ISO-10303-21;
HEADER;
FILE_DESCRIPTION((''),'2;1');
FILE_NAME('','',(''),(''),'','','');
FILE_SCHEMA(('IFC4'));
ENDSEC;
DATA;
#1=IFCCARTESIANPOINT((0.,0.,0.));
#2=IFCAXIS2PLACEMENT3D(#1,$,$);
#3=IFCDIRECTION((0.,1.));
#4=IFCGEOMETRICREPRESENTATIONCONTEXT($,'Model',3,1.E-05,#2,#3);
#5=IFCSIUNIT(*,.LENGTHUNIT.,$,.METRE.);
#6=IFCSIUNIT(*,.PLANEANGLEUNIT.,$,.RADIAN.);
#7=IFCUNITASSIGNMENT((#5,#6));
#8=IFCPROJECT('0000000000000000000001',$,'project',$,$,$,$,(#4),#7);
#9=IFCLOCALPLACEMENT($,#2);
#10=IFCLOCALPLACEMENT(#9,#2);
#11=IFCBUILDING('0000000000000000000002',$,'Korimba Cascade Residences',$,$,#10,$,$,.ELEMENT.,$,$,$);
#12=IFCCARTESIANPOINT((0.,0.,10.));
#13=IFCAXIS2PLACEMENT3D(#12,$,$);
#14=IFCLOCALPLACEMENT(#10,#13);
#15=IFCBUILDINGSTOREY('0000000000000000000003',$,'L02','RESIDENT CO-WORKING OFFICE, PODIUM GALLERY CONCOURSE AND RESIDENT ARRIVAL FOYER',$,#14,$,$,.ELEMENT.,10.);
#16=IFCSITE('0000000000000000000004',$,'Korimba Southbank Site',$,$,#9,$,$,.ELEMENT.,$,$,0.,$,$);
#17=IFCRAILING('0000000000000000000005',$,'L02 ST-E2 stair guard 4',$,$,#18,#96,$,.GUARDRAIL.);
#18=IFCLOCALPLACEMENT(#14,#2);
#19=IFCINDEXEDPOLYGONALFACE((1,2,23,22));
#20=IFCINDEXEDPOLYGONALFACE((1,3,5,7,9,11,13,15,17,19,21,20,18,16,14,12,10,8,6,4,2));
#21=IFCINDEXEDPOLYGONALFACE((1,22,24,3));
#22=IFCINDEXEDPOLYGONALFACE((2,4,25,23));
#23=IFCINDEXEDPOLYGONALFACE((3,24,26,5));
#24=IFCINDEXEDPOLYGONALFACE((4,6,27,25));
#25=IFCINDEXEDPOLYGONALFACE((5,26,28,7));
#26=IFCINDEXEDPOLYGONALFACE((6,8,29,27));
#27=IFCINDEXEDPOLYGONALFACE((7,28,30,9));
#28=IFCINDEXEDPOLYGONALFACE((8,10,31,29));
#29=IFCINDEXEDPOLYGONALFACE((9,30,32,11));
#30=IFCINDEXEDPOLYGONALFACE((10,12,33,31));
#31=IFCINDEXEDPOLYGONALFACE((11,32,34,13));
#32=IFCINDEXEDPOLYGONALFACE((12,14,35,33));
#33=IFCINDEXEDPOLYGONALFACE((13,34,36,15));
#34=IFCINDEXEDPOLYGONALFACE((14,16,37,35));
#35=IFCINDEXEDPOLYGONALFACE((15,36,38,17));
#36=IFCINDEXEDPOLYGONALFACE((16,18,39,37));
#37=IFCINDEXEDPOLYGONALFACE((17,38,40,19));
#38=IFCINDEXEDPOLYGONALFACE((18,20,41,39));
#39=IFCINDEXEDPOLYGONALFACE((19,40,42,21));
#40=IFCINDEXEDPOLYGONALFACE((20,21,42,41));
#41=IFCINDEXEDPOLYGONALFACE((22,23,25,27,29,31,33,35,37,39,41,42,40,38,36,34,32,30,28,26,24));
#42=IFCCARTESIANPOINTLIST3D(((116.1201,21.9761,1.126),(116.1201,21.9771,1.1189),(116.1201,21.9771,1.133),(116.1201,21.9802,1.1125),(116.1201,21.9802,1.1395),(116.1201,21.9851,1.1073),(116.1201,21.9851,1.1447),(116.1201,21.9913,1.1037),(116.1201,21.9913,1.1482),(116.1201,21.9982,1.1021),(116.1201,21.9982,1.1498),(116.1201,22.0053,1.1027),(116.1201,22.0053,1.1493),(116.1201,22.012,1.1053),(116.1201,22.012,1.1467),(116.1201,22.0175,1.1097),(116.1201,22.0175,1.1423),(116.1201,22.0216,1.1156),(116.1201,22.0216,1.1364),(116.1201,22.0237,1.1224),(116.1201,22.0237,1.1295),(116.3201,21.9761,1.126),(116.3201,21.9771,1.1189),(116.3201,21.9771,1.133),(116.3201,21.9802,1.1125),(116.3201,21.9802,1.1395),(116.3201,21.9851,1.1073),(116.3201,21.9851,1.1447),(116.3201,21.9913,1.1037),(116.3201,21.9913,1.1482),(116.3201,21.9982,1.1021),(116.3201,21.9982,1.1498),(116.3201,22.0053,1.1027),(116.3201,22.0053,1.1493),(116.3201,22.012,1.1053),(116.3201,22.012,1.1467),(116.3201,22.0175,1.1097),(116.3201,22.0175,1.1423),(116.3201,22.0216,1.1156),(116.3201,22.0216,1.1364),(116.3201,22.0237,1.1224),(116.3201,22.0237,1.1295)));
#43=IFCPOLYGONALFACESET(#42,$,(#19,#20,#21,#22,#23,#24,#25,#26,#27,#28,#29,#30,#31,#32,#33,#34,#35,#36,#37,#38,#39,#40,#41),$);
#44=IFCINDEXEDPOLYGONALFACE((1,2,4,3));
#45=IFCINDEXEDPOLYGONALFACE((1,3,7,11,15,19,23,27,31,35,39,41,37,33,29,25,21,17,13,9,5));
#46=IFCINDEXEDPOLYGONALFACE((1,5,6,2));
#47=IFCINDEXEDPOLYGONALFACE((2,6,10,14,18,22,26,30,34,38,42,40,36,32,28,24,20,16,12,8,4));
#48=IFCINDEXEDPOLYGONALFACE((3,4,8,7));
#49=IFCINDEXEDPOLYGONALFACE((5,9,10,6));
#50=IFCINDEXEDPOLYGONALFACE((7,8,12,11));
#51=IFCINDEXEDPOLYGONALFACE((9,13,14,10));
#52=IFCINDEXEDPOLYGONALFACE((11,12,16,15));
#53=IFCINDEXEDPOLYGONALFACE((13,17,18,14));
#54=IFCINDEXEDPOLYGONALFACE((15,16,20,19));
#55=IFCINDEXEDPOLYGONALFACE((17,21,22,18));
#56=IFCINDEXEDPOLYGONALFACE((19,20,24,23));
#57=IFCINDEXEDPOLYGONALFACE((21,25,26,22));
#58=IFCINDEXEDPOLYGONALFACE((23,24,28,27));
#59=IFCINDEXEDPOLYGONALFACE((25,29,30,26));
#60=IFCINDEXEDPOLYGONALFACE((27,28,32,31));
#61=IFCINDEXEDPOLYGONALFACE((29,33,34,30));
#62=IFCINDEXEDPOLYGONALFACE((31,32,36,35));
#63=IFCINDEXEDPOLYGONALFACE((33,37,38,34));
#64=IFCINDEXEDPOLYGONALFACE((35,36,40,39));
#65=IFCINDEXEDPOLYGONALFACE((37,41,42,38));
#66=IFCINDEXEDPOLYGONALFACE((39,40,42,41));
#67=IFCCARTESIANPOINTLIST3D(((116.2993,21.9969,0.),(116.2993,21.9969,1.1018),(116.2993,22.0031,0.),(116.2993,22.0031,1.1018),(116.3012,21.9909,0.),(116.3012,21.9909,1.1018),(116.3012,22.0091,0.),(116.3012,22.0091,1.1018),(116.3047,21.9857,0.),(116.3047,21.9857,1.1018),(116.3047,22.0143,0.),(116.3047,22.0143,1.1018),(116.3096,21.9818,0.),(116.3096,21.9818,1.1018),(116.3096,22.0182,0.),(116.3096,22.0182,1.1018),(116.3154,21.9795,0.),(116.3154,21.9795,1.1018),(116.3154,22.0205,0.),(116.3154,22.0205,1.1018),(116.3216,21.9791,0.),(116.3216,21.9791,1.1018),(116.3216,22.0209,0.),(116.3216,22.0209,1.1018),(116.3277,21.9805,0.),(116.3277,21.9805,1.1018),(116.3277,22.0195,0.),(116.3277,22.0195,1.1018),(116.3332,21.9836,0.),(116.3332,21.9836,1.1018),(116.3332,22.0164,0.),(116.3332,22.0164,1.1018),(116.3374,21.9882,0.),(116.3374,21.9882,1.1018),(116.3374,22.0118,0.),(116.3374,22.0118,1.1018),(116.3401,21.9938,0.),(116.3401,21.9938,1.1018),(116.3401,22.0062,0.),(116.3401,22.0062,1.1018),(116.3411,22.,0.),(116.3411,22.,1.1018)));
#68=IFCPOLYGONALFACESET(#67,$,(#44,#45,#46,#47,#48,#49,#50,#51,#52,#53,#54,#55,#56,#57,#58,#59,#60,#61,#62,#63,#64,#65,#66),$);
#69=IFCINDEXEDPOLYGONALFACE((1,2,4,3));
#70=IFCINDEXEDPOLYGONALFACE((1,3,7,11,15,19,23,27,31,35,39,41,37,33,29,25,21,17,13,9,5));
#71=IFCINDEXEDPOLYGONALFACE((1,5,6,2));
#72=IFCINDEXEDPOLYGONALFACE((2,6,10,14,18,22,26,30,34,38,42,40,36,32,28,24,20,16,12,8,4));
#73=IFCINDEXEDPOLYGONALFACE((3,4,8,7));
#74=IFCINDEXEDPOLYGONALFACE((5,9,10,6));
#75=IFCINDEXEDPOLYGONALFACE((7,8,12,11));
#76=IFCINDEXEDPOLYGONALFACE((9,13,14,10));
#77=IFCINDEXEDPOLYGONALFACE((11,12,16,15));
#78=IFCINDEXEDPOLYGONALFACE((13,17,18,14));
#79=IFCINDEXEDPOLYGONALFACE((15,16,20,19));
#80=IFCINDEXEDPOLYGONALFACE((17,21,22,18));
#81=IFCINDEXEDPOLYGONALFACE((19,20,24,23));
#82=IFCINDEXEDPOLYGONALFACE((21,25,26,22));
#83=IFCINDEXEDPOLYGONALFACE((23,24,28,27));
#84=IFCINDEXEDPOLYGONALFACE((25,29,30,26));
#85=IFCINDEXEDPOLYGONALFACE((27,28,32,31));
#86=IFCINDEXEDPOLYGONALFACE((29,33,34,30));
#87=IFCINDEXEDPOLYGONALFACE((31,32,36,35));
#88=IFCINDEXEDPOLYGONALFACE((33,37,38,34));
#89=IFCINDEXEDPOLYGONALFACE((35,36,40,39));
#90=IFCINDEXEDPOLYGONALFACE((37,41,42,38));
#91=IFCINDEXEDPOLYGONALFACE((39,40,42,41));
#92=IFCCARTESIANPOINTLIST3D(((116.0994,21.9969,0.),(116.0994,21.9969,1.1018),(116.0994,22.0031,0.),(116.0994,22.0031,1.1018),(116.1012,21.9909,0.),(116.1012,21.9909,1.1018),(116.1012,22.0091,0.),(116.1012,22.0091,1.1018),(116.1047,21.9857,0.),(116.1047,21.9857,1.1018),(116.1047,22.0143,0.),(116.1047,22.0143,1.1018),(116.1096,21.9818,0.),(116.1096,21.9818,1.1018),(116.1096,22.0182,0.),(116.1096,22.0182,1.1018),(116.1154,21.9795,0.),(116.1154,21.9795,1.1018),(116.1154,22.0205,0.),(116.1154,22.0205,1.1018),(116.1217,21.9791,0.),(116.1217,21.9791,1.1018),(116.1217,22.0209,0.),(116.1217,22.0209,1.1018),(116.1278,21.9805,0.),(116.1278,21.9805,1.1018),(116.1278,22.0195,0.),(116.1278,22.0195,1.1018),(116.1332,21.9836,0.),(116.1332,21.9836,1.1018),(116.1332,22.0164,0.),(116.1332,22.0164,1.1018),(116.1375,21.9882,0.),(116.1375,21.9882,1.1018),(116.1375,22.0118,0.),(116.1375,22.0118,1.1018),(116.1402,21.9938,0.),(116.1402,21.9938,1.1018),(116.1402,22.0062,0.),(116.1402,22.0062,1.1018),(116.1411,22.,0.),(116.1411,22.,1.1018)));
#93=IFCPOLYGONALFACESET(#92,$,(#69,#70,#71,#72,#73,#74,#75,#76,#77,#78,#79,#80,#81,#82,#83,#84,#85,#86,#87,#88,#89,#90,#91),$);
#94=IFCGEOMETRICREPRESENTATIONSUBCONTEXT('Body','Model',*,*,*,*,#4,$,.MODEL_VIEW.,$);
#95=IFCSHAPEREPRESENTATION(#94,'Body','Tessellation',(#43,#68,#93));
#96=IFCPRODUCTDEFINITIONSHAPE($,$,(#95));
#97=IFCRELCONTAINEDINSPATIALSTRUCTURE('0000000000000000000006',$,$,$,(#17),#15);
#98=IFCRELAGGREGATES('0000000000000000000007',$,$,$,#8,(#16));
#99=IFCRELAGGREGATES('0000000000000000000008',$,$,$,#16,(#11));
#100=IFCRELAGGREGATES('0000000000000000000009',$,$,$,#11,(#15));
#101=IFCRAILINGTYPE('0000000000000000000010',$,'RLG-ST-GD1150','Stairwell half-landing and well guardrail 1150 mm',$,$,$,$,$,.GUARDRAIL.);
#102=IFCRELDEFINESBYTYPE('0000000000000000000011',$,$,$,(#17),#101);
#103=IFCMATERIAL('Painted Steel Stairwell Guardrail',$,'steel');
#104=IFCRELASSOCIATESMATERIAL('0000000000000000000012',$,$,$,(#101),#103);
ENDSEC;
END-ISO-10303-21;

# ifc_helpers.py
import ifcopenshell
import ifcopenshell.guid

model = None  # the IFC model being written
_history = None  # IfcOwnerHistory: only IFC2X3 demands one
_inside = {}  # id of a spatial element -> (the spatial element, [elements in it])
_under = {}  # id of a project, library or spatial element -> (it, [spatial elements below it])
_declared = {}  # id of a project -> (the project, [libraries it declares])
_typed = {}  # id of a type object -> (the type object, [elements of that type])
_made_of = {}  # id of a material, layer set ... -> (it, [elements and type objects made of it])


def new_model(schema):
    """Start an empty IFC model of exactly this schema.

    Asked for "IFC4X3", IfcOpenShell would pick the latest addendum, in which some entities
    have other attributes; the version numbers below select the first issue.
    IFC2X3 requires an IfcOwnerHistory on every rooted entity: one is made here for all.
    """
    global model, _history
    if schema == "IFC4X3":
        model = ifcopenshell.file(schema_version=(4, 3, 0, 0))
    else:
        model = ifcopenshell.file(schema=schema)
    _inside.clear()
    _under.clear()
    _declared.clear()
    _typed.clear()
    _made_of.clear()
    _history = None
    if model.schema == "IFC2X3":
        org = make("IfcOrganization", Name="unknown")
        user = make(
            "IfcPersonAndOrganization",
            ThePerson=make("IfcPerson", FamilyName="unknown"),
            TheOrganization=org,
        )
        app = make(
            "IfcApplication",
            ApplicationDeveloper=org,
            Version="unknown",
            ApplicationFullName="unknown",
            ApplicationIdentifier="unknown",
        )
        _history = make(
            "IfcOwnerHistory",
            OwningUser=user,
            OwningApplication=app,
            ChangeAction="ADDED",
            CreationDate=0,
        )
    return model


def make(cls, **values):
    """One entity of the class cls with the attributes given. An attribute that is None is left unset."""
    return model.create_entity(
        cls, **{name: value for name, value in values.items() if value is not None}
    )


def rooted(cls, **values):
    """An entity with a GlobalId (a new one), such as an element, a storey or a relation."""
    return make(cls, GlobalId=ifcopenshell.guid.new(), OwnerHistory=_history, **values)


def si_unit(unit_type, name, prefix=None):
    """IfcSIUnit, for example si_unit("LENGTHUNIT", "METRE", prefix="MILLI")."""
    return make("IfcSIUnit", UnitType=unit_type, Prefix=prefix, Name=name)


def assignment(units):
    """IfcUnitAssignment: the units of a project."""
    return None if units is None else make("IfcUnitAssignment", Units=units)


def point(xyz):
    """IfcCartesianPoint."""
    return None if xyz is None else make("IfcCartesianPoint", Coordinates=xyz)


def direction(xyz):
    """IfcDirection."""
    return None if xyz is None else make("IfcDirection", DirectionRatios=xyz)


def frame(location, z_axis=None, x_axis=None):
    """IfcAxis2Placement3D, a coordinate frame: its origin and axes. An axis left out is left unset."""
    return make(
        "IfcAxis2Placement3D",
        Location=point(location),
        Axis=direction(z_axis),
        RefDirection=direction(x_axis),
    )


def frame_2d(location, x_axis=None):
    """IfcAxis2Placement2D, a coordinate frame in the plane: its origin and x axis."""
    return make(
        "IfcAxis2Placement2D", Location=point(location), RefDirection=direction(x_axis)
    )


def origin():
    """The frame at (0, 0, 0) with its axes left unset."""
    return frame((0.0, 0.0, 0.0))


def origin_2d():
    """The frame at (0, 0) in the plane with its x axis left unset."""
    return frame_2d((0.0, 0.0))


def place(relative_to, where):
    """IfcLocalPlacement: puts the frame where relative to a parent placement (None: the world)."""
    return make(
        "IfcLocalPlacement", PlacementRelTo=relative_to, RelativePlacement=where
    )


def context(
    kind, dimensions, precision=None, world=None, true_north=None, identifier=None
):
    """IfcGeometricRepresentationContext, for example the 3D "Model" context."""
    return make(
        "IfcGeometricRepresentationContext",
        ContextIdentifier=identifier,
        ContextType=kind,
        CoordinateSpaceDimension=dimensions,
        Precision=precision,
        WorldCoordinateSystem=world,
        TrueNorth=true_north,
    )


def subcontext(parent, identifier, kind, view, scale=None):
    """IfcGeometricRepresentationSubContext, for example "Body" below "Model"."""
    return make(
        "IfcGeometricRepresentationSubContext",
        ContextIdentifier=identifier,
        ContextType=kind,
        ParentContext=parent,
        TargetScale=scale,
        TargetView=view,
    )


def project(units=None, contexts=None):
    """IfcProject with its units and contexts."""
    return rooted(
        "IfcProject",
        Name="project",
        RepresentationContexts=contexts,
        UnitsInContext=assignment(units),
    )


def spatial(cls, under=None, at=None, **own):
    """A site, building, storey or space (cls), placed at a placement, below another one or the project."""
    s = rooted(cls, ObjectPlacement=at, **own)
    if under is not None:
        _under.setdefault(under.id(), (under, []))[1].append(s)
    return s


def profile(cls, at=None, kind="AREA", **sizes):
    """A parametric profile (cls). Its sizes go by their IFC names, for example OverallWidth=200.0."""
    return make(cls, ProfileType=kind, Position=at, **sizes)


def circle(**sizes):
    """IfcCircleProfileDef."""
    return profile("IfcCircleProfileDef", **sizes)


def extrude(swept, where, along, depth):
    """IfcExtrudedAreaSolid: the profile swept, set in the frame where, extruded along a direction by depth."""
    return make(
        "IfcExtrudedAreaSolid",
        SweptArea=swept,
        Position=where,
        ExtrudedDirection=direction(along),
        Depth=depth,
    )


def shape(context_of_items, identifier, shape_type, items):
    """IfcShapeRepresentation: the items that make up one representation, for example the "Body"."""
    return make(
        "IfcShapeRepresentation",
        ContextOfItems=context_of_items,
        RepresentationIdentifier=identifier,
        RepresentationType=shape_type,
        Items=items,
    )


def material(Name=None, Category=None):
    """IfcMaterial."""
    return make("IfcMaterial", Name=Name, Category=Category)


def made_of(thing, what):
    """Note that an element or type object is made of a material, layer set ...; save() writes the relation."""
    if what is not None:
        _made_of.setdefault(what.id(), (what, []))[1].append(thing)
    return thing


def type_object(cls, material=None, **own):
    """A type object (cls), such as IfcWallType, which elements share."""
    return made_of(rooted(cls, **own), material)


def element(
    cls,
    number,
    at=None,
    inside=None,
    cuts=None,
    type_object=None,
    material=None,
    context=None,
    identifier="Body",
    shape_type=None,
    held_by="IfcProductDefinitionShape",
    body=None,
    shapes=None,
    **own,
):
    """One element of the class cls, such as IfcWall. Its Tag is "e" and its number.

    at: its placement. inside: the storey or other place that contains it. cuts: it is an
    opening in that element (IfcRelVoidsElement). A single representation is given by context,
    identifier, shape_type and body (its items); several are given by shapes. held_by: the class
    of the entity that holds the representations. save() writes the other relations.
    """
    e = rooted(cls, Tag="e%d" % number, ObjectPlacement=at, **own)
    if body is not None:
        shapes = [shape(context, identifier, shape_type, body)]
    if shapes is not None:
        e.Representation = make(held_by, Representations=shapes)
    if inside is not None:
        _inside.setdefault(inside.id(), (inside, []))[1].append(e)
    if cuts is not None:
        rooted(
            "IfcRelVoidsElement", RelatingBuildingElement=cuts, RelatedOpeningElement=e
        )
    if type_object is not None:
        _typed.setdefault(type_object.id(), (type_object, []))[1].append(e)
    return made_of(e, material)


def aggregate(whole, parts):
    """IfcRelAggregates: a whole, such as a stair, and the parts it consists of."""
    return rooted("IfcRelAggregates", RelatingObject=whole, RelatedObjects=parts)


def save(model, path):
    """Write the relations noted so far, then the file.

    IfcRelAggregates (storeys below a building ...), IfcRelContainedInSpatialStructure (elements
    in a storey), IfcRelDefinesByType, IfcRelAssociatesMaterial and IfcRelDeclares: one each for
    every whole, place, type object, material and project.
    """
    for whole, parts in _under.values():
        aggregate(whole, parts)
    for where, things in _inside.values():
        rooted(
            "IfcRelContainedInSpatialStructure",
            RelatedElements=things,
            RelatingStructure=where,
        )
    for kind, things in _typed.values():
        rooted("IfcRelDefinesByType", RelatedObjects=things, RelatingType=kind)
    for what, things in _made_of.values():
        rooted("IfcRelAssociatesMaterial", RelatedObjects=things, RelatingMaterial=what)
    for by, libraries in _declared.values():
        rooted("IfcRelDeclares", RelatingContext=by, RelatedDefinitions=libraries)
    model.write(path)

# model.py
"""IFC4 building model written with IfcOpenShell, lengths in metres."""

from ifc_helpers import new_model, si_unit, direction, frame, origin, origin_2d, place, context, subcontext, project, spatial, circle, extrude, material, type_object, element, save


model = new_model("IFC4")

# Units and contexts
model_context = context("Model", 3, precision=1e-05, world=origin(), true_north=direction((0.0, 1.0)))
body_context = subcontext(model_context, "Body", "Model", "MODEL_VIEW")
ifc_project = project(units=[si_unit("LENGTHUNIT", "METRE"), si_unit("PLANEANGLEUNIT", "RADIAN")], contexts=[model_context])

# Site, building, storey
site_placement = place(None, origin())
site = spatial("IfcSite", under=ifc_project, at=site_placement, Name="Korimba Southbank Site", CompositionType="ELEMENT", RefElevation=0.0)
building_placement = place(site_placement, origin())
building = spatial("IfcBuilding", under=site, at=building_placement, Name="Korimba Cascade Residences", CompositionType="ELEMENT")
storey_placement = place(building_placement, frame((0.0, 0.0, 10.0)))
storey = spatial("IfcBuildingStorey", under=building, at=storey_placement, Name="L02", Description="RESIDENT CO-WORKING OFFICE, PODIUM GALLERY CONCOURSE AND RESIDENT ARRIVAL FOYER", CompositionType="ELEMENT", Elevation=10.0)

# Railing
ifc_material_1 = material(Name="Painted Steel Stairwell Guardrail", Category="steel")
railing_type_1 = type_object("IfcRailingType", Name="RLG-ST-GD1150", Description="Stairwell half-landing and well guardrail 1150 mm", PredefinedType="GUARDRAIL", material=ifc_material_1)
railing_1_placement = place(storey_placement, frame((116.3201, 22.0, 0.0)))
element("IfcRailing", 1, at=railing_1_placement, inside=storey, type_object=railing_type_1, Name="L02 ST-E2 stair guard 4", PredefinedType="GUARDRAIL", context=body_context, shape_type="SweptSolid", body=[
    extrude(circle(Radius=0.0239, at=origin_2d()), frame((0.0, 0.0, 1.126), z_axis=(-1.0, 0.0, 0.0), x_axis=(0.0, -1.0, 0.0)), (0.0, 0.0, 1.0), 0.2),
    extrude(circle(Radius=0.021, at=origin_2d()), origin(), (0.0, 0.0, 1.0), 1.1018),
    extrude(circle(Radius=0.021, at=origin_2d()), frame((-0.2, 0.0, 0.0)), (0.0, 0.0, 1.0), 1.1018),
])

save(model, "model.ifc")
